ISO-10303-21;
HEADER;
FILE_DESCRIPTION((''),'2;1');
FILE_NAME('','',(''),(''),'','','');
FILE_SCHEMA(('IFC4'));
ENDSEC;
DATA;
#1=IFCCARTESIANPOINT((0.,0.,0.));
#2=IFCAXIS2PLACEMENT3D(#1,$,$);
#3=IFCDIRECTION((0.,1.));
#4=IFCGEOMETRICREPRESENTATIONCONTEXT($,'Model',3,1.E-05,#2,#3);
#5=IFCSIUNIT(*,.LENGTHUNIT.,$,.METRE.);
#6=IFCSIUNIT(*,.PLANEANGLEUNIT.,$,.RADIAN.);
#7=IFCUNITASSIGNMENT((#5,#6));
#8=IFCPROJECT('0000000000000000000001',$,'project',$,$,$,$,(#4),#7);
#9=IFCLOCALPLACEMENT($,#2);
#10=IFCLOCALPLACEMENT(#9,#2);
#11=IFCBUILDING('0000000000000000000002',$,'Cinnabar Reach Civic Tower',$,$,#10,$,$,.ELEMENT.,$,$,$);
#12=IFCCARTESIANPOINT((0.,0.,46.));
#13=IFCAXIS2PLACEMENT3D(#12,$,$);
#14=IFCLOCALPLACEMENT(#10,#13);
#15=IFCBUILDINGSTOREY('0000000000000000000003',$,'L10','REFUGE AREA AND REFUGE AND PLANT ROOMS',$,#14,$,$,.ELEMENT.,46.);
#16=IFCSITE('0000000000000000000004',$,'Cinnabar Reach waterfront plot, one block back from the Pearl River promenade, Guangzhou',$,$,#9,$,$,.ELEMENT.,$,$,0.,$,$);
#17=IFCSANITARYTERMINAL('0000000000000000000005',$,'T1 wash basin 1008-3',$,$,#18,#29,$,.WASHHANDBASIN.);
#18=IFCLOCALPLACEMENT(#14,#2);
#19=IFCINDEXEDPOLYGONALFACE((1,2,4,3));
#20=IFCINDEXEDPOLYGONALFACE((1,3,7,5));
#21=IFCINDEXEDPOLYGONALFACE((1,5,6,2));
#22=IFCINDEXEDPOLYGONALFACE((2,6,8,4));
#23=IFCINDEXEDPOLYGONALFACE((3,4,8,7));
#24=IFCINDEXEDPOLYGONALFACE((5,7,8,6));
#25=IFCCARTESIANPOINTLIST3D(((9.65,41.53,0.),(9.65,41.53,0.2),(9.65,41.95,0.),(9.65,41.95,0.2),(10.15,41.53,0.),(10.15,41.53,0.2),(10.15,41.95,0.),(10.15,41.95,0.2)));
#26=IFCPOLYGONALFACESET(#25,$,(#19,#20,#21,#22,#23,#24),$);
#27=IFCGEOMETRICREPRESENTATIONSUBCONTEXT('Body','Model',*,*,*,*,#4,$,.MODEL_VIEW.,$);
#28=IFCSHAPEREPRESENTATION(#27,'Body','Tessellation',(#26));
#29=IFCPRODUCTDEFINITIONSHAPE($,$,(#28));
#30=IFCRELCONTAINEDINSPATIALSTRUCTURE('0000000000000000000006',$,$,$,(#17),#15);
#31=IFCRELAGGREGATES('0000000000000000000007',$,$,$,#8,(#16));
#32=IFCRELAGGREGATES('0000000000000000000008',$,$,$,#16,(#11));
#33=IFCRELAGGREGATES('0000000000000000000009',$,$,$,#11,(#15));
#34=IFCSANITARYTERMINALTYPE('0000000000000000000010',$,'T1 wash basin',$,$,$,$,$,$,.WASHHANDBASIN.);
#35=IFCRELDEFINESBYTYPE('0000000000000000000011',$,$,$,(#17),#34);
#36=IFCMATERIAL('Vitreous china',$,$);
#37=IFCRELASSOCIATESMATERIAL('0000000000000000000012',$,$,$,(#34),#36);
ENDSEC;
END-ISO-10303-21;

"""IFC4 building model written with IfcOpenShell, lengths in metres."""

from ifc_helpers import new_model, si_unit, direction, frame, origin, origin_2d, place, context, subcontext, project, spatial, rectangle, extrude, material, type_object, element, save


model = new_model("IFC4")

# Units and contexts
model_context = context("Model", 3, precision=1e-05, world=origin(), true_north=direction((0.0, 1.0)))
body_context = subcontext(model_context, "Body", "Model", "MODEL_VIEW")
ifc_project = project(units=[si_unit("LENGTHUNIT", "METRE"), si_unit("PLANEANGLEUNIT", "RADIAN")], contexts=[model_context])

# Site, building, storey
site_placement = place(None, origin())
site = spatial("IfcSite", under=ifc_project, at=site_placement, Name="Cinnabar Reach waterfront plot, one block back from the Pearl River promenade, Guangzhou", CompositionType="ELEMENT", RefElevation=0.0)
building_placement = place(site_placement, origin())
building = spatial("IfcBuilding", under=site, at=building_placement, Name="Cinnabar Reach Civic Tower", CompositionType="ELEMENT")
storey_placement = place(building_placement, frame((0.0, 0.0, 46.0)))
storey = spatial("IfcBuildingStorey", under=building, at=storey_placement, Name="L10", Description="REFUGE AREA AND REFUGE AND PLANT ROOMS", CompositionType="ELEMENT", Elevation=46.0)

# Sanitary terminal
ifc_material_1 = material(Name="Vitreous china")
sanitary_terminal_type_1 = type_object("IfcSanitaryTerminalType", Name="T1 wash basin", PredefinedType="WASHHANDBASIN", material=ifc_material_1)
for number, where, z_axis, x_axis, name in (
    (1, (9.9, 41.74, 0.0), (0.0, 0.0, 1.0), (1.0, 0.0, 0.0), "T1 wash basin 1008-3"),
):
    element("IfcSanitaryTerminal", number, at=place(storey_placement, frame(where, z_axis=z_axis, x_axis=x_axis)), inside=storey, type_object=sanitary_terminal_type_1, Name=name, PredefinedType="WASHHANDBASIN", context=body_context, shape_type="SweptSolid", body=[
        extrude(rectangle(XDim=0.5, YDim=0.42, at=origin_2d()), origin(), (0.0, 0.0, 1.0), 0.2),
    ])

save(model, "model.ifc")
